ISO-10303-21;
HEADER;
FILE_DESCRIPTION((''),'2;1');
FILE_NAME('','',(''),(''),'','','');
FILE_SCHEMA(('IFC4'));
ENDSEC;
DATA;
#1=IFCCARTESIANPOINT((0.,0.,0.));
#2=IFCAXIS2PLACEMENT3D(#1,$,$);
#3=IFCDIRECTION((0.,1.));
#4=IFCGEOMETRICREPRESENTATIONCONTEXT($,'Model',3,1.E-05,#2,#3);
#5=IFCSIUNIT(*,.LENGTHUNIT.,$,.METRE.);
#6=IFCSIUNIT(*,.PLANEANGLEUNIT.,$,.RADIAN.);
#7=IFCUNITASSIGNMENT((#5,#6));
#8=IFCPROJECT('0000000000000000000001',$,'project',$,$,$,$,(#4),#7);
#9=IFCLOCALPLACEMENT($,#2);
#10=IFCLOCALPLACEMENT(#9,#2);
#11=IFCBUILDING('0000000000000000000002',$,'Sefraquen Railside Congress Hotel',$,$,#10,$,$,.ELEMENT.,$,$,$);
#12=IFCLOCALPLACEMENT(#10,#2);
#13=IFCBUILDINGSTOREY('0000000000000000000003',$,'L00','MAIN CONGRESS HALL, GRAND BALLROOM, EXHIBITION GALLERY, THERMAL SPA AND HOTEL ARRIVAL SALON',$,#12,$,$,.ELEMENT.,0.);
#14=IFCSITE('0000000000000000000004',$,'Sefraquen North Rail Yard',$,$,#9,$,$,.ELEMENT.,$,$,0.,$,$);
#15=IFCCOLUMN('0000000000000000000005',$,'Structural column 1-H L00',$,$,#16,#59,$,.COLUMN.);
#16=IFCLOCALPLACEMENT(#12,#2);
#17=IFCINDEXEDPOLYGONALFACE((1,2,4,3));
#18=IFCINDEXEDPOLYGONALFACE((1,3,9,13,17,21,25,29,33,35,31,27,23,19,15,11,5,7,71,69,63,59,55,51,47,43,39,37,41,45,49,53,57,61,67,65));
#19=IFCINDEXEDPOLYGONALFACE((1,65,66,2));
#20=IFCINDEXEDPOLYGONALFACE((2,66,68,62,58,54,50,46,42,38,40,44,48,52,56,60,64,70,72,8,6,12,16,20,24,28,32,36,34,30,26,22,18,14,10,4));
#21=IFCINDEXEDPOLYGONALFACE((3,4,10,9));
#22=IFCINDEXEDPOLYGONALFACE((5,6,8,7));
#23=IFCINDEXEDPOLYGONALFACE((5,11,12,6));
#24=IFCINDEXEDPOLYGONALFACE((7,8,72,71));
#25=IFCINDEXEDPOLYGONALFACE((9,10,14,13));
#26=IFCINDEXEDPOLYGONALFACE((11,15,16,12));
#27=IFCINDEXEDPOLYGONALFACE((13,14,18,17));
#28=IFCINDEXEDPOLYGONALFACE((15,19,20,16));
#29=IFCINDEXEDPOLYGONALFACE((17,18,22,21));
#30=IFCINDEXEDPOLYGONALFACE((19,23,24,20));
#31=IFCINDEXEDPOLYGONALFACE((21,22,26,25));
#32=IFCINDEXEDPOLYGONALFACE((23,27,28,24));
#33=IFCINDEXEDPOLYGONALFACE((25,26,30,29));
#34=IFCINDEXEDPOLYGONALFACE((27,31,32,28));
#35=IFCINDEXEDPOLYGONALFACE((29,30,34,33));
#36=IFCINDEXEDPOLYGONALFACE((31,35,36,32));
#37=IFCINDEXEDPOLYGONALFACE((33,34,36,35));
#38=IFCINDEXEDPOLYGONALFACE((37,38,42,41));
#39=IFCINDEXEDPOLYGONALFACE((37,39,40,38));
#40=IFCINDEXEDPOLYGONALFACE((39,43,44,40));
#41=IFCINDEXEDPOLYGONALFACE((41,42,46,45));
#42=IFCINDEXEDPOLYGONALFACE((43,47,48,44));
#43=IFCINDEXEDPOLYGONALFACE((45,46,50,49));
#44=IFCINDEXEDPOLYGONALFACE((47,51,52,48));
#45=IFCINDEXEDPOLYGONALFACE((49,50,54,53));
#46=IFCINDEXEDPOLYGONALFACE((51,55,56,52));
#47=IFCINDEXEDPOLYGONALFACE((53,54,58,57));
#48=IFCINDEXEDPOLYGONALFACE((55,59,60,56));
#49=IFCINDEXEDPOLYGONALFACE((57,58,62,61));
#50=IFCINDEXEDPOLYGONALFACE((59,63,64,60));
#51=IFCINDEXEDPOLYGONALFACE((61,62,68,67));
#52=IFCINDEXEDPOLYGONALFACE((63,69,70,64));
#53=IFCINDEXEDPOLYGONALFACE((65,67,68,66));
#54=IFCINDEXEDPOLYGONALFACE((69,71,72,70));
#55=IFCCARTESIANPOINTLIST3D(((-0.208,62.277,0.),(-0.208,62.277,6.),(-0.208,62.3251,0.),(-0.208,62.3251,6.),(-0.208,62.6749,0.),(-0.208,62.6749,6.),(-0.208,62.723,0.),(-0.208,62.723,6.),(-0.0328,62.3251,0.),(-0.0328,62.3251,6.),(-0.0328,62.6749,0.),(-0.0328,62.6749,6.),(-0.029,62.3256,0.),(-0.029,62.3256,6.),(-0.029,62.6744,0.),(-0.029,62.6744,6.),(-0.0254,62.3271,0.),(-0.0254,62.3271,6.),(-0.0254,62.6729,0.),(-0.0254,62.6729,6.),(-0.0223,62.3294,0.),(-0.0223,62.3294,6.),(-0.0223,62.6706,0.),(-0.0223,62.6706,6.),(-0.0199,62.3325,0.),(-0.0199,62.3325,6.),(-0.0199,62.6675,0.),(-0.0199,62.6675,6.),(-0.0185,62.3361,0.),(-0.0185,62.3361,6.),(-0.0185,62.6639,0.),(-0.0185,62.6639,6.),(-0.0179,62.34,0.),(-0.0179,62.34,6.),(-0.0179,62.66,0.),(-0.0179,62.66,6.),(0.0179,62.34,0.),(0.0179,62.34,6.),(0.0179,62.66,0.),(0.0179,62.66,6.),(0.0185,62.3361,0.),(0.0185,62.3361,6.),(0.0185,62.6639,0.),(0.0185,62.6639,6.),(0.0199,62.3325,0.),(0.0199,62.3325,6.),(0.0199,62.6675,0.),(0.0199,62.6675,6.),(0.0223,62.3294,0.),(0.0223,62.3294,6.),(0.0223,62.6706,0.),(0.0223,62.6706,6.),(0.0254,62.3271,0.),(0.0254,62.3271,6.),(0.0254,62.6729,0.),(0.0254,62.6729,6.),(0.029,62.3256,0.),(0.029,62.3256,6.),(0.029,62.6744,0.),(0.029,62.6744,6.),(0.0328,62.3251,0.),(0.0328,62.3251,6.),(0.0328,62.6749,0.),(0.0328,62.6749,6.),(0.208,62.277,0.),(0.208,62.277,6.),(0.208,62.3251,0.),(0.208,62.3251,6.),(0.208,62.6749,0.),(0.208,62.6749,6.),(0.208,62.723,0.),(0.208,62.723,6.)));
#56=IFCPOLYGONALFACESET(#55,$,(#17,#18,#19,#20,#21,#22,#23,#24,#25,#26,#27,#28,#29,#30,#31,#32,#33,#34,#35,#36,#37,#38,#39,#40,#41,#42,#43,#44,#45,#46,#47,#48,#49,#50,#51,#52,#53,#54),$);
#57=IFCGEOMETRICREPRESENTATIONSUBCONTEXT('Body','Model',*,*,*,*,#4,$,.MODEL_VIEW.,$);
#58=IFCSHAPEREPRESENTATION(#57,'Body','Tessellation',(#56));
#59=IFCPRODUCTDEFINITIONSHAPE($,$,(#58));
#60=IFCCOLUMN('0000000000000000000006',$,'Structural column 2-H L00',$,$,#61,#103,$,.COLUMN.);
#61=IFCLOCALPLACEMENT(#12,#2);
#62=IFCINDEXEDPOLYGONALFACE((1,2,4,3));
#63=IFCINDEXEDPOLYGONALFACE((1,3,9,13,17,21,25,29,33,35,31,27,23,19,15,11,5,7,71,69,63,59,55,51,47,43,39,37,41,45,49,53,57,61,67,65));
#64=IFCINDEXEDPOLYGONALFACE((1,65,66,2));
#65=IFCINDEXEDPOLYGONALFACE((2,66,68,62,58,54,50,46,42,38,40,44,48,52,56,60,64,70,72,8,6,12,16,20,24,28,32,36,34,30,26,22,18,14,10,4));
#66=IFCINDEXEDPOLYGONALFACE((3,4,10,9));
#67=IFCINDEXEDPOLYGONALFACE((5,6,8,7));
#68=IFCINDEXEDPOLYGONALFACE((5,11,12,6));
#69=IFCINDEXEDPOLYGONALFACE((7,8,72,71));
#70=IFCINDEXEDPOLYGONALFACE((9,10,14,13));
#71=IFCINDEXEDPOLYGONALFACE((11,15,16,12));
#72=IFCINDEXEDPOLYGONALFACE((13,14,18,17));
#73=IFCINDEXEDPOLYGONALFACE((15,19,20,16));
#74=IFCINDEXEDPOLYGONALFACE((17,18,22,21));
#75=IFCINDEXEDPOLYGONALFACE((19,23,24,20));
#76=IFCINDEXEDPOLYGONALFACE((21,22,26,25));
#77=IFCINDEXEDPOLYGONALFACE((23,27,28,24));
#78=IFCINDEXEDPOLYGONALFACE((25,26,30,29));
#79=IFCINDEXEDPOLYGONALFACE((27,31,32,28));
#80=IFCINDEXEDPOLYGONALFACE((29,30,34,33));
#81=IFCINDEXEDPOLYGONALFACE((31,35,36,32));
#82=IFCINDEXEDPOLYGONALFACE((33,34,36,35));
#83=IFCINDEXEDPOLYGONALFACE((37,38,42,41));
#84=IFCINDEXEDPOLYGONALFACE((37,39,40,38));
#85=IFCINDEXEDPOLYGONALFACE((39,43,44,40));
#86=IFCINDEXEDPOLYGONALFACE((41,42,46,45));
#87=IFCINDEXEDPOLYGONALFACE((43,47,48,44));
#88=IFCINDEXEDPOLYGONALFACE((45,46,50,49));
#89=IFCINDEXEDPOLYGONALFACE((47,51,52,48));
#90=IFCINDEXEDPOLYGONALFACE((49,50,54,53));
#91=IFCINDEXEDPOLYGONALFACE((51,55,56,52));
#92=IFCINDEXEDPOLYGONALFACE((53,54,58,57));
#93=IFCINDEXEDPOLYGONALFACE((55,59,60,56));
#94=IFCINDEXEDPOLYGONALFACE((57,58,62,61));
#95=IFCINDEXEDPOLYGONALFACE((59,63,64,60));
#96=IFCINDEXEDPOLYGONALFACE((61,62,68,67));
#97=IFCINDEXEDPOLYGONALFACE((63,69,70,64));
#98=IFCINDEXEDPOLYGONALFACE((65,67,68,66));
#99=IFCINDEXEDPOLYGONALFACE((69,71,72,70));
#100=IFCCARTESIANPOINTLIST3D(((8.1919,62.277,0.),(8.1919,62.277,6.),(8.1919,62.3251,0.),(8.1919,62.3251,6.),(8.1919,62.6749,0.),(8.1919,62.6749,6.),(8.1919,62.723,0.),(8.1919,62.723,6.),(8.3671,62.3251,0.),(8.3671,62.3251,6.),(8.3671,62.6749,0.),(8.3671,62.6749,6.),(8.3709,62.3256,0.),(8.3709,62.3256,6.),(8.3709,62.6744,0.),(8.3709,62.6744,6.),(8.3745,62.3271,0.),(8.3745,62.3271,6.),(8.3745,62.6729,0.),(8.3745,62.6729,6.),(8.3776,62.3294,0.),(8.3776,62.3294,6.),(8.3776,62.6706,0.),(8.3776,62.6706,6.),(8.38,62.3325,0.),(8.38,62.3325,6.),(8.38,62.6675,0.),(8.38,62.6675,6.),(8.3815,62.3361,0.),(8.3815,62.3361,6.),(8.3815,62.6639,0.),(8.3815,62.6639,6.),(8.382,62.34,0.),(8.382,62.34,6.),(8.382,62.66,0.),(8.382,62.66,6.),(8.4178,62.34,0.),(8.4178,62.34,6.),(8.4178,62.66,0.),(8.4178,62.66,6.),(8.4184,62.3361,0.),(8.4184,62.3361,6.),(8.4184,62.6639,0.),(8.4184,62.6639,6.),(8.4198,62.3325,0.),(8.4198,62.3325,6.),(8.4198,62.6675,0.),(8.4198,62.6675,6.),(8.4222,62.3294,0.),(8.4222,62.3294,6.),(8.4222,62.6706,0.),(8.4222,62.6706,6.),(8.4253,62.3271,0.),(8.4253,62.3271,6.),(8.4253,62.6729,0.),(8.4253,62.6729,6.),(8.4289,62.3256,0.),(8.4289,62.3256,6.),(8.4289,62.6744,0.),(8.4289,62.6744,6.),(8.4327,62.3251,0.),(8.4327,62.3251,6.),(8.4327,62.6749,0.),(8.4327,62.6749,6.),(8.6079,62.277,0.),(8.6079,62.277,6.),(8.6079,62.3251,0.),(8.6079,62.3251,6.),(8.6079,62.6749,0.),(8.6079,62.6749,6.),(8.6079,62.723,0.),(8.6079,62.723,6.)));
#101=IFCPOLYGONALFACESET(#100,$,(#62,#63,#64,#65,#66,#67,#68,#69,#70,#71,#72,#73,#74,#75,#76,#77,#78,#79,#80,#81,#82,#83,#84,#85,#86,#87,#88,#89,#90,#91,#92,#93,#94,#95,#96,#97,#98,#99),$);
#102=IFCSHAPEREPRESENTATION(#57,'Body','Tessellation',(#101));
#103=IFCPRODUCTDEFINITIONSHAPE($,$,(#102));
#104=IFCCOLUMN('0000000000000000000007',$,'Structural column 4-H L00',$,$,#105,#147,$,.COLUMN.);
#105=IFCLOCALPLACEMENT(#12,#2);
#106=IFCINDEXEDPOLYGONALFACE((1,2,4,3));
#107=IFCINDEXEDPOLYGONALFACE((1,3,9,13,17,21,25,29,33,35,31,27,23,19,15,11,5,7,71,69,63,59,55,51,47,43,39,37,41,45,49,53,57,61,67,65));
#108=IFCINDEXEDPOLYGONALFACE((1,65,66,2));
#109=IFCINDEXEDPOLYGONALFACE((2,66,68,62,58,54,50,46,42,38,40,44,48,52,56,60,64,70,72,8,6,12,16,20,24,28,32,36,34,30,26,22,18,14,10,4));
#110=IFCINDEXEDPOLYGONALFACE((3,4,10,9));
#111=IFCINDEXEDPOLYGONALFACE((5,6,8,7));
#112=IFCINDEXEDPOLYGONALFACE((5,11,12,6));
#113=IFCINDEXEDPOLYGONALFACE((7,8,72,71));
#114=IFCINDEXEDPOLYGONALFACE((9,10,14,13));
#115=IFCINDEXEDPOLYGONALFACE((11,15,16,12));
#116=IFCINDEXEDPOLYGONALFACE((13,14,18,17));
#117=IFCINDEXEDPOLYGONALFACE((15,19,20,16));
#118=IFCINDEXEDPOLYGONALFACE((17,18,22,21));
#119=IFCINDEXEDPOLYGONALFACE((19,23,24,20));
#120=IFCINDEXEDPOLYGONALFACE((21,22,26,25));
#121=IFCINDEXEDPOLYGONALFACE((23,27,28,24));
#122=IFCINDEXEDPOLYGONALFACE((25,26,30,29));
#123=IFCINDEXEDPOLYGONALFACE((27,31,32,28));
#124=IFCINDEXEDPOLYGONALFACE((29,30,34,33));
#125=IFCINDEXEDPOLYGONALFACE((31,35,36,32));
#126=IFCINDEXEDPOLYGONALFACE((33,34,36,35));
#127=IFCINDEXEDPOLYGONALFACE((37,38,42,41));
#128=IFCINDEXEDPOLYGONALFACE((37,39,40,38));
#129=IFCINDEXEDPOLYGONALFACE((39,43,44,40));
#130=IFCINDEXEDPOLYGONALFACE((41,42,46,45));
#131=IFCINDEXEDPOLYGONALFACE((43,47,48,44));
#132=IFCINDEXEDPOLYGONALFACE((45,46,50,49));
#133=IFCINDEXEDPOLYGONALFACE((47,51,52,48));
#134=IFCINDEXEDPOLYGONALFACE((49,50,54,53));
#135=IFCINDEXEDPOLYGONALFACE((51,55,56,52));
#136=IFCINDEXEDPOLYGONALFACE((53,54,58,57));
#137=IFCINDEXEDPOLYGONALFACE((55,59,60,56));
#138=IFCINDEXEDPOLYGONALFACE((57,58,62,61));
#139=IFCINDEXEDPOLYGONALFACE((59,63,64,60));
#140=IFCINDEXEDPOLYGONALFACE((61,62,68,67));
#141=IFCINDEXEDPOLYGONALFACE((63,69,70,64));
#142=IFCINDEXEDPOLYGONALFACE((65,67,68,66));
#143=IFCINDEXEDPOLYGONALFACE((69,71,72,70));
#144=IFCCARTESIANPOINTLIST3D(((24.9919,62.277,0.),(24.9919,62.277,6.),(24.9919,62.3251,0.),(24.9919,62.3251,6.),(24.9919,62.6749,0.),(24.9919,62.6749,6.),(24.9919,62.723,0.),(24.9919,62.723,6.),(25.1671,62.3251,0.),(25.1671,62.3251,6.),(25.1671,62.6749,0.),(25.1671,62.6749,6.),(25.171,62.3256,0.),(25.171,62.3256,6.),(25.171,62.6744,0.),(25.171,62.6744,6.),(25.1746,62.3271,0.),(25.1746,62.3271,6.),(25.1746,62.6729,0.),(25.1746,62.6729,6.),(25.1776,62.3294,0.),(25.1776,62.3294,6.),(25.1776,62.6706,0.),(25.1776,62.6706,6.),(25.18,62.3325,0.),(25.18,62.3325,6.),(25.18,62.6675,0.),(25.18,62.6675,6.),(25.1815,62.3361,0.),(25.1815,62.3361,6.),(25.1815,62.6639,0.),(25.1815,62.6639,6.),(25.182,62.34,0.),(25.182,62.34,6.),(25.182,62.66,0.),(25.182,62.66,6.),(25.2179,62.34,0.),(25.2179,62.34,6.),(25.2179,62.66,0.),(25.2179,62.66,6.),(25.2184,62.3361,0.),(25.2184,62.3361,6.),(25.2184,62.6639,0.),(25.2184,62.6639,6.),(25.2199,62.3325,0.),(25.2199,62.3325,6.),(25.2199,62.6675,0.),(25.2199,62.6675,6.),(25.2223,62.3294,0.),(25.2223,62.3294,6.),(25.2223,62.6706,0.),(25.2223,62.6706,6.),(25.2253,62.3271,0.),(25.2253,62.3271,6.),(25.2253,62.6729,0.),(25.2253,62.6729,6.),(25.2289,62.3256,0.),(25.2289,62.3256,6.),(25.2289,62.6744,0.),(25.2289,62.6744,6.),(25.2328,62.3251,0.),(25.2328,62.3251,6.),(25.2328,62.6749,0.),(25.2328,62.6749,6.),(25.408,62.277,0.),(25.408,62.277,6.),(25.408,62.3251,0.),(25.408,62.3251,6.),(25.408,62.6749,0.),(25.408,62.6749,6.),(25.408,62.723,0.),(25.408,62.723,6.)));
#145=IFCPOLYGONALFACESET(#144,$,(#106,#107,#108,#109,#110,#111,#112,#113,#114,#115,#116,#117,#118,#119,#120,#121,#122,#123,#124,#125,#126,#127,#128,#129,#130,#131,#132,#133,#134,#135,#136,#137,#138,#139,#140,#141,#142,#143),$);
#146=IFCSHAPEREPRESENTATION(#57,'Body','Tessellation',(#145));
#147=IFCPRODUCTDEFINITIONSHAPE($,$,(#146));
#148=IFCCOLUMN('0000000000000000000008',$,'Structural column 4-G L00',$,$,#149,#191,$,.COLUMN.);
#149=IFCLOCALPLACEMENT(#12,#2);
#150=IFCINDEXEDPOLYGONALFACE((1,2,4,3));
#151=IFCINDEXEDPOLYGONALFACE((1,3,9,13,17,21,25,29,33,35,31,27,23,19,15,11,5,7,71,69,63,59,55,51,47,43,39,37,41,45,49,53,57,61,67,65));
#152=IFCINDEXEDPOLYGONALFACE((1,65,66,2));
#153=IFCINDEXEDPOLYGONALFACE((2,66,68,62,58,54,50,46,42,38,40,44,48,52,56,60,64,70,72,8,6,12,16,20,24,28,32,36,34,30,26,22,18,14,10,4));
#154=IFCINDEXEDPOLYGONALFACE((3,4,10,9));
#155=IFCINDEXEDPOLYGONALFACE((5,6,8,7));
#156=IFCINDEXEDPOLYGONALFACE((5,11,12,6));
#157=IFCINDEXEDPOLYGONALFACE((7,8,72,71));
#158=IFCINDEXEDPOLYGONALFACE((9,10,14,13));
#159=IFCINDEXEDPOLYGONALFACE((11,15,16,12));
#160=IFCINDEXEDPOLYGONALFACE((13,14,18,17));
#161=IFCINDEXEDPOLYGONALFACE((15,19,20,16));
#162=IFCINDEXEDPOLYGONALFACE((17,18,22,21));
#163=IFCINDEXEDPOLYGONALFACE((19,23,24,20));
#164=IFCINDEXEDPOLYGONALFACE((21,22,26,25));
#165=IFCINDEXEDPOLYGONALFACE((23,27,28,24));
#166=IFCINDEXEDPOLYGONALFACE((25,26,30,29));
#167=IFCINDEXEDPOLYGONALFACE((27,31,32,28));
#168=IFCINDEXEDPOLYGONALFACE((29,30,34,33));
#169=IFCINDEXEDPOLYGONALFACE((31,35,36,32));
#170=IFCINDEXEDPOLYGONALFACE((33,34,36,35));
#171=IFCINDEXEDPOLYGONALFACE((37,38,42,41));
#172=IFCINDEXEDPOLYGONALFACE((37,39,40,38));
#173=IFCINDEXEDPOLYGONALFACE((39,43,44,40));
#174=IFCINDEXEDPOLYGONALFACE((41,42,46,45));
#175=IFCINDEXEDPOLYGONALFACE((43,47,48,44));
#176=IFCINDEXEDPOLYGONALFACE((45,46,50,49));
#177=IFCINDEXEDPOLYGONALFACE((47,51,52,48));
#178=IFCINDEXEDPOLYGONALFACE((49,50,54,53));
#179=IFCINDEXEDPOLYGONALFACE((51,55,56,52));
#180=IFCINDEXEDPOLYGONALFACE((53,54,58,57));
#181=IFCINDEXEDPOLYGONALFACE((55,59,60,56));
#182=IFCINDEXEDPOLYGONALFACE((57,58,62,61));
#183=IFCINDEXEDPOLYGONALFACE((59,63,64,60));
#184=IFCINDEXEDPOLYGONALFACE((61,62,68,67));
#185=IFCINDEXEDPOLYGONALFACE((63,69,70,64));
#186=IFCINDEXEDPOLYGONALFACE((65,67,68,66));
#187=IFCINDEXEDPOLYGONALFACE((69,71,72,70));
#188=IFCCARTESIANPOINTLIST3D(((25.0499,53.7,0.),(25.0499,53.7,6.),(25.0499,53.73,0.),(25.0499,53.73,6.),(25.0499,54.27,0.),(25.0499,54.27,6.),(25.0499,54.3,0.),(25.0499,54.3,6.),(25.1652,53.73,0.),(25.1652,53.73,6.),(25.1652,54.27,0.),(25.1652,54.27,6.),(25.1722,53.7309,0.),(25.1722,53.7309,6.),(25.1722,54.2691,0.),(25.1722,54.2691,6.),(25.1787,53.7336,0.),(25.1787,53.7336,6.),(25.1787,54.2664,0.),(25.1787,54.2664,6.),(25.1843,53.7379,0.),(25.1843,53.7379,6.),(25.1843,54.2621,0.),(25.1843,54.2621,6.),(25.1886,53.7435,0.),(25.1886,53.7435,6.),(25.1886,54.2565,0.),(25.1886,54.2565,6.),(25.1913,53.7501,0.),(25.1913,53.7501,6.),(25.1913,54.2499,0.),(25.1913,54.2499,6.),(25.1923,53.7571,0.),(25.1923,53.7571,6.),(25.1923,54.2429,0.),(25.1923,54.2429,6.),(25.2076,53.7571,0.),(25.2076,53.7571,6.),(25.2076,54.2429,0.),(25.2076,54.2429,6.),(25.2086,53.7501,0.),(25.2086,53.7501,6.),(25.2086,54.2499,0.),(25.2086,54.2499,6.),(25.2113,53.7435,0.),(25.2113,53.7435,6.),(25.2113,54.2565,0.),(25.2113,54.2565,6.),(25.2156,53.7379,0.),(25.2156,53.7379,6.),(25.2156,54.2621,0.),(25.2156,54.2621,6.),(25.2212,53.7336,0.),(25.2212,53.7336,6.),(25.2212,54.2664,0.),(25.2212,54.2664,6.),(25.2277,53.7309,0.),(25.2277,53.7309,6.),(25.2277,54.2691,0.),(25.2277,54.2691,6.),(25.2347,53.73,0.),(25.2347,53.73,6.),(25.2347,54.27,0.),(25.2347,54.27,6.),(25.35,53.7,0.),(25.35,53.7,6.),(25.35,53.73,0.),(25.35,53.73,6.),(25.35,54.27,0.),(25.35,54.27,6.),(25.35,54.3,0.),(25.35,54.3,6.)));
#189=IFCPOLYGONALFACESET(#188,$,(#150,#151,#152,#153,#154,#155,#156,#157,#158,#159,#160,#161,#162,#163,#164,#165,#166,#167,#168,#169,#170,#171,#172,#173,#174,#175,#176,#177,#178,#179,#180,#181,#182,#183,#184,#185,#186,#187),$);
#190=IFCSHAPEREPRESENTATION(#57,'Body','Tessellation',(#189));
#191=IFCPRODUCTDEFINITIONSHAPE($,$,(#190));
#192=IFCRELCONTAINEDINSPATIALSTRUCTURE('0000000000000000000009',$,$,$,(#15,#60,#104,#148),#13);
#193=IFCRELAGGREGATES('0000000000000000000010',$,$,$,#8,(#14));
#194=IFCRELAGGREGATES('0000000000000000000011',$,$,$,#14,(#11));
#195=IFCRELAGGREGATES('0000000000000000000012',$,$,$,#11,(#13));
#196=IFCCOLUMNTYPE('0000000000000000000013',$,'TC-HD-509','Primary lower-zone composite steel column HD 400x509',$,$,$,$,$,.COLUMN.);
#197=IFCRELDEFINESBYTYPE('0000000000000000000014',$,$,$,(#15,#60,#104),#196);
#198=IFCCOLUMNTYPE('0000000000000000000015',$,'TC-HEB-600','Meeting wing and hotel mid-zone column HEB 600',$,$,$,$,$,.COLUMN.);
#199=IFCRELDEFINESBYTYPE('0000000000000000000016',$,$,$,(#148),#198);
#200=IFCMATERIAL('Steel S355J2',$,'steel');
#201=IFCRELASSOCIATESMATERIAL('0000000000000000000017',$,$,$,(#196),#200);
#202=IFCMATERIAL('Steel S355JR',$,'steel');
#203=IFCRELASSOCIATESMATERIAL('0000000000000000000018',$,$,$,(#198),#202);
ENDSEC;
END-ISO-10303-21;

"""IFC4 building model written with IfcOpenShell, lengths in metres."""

from ifc_helpers import new_model, si_unit, direction, frame, origin, origin_2d, place, context, subcontext, project, spatial, i_section, extrude, material, material_profile, profile_set, type_object, element, save


model = new_model("IFC4")

# Units and contexts
model_context = context("Model", 3, precision=1e-05, world=origin(), true_north=direction((0.0, 1.0)))
body_context = subcontext(model_context, "Body", "Model", "MODEL_VIEW")
ifc_project = project(units=[si_unit("LENGTHUNIT", "METRE"), si_unit("PLANEANGLEUNIT", "RADIAN")], contexts=[model_context])

# Site, building, storey
site_placement = place(None, origin())
site = spatial("IfcSite", under=ifc_project, at=site_placement, Name="Sefraquen North Rail Yard", CompositionType="ELEMENT", RefElevation=0.0)
building_placement = place(site_placement, origin())
building = spatial("IfcBuilding", under=site, at=building_placement, Name="Sefraquen Railside Congress Hotel", CompositionType="ELEMENT")
storey_placement = place(building_placement, origin())
storey = spatial("IfcBuildingStorey", under=building, at=storey_placement, Name="L00", Description="MAIN CONGRESS HALL, GRAND BALLROOM, EXHIBITION GALLERY, THERMAL SPA AND HOTEL ARRIVAL SALON", CompositionType="ELEMENT", Elevation=0.0)

# Columns
ifc_material_1 = material(Name="Steel S355J2", Category="steel")
ifc_material_profile_1 = material_profile(ifc_material_1, i_section(OverallWidth=0.416, OverallDepth=0.446, WebThickness=0.0359, FlangeThickness=0.0481, FilletRadius=0.0149, at=origin_2d()), Name="HD 400x509")
ifc_profile_set_1 = profile_set([ifc_material_profile_1], Name="Steel S355J2")
column_type_1 = type_object("IfcColumnType", Name="TC-HD-509", Description="Primary lower-zone composite steel column HD 400x509", PredefinedType="COLUMN", material=ifc_profile_set_1)
for number, where, z_axis, x_axis, name in (
    (1, (0.0, 62.5, 0.0), (0.0, 0.0, 1.0), (1.0, 0.0, 0.0), "Structural column 1-H L00"),
    (2, (8.3999, 62.5, 0.0), (0.0, 0.0, 1.0), (1.0, 0.0, 0.0), "Structural column 2-H L00"),
    (3, (25.2, 62.5, 0.0), (0.0, 0.0, 1.0), (1.0, 0.0, 0.0), "Structural column 4-H L00"),
):
    element("IfcColumn", number, at=place(storey_placement, frame(where, z_axis=z_axis, x_axis=x_axis)), inside=storey, type_object=column_type_1, Name=name, PredefinedType="COLUMN", context=body_context, shape_type="SweptSolid", body=[
        extrude(i_section(OverallWidth=0.416, OverallDepth=0.446, WebThickness=0.0359, FlangeThickness=0.0481, FilletRadius=0.0149, at=origin_2d()), origin(), (0.0, 0.0, 1.0), 6.0),
    ])
ifc_material_2 = material(Name="Steel S355JR", Category="steel")
ifc_material_profile_2 = material_profile(ifc_material_2, i_section(OverallWidth=0.3, OverallDepth=0.6001, WebThickness=0.0154, FlangeThickness=0.03, FilletRadius=0.0271, at=origin_2d()), Name="HEB 600")
ifc_profile_set_2 = profile_set([ifc_material_profile_2], Name="Steel S355JR")
column_type_2 = type_object("IfcColumnType", Name="TC-HEB-600", Description="Meeting wing and hotel mid-zone column HEB 600", PredefinedType="COLUMN", material=ifc_profile_set_2)
column_1_placement = place(storey_placement, frame((25.2, 54.0, 0.0), z_axis=(0.0, 0.0, 1.0), x_axis=(1.0, 0.0, 0.0)))
element("IfcColumn", 4, at=column_1_placement, inside=storey, type_object=column_type_2, Name="Structural column 4-G L00", PredefinedType="COLUMN", context=body_context, shape_type="SweptSolid", body=[
    extrude(i_section(OverallWidth=0.3, OverallDepth=0.6001, WebThickness=0.0154, FlangeThickness=0.03, FilletRadius=0.0271, at=origin_2d()), origin(), (0.0, 0.0, 1.0), 6.0),
])

save(model, "model.ifc")
